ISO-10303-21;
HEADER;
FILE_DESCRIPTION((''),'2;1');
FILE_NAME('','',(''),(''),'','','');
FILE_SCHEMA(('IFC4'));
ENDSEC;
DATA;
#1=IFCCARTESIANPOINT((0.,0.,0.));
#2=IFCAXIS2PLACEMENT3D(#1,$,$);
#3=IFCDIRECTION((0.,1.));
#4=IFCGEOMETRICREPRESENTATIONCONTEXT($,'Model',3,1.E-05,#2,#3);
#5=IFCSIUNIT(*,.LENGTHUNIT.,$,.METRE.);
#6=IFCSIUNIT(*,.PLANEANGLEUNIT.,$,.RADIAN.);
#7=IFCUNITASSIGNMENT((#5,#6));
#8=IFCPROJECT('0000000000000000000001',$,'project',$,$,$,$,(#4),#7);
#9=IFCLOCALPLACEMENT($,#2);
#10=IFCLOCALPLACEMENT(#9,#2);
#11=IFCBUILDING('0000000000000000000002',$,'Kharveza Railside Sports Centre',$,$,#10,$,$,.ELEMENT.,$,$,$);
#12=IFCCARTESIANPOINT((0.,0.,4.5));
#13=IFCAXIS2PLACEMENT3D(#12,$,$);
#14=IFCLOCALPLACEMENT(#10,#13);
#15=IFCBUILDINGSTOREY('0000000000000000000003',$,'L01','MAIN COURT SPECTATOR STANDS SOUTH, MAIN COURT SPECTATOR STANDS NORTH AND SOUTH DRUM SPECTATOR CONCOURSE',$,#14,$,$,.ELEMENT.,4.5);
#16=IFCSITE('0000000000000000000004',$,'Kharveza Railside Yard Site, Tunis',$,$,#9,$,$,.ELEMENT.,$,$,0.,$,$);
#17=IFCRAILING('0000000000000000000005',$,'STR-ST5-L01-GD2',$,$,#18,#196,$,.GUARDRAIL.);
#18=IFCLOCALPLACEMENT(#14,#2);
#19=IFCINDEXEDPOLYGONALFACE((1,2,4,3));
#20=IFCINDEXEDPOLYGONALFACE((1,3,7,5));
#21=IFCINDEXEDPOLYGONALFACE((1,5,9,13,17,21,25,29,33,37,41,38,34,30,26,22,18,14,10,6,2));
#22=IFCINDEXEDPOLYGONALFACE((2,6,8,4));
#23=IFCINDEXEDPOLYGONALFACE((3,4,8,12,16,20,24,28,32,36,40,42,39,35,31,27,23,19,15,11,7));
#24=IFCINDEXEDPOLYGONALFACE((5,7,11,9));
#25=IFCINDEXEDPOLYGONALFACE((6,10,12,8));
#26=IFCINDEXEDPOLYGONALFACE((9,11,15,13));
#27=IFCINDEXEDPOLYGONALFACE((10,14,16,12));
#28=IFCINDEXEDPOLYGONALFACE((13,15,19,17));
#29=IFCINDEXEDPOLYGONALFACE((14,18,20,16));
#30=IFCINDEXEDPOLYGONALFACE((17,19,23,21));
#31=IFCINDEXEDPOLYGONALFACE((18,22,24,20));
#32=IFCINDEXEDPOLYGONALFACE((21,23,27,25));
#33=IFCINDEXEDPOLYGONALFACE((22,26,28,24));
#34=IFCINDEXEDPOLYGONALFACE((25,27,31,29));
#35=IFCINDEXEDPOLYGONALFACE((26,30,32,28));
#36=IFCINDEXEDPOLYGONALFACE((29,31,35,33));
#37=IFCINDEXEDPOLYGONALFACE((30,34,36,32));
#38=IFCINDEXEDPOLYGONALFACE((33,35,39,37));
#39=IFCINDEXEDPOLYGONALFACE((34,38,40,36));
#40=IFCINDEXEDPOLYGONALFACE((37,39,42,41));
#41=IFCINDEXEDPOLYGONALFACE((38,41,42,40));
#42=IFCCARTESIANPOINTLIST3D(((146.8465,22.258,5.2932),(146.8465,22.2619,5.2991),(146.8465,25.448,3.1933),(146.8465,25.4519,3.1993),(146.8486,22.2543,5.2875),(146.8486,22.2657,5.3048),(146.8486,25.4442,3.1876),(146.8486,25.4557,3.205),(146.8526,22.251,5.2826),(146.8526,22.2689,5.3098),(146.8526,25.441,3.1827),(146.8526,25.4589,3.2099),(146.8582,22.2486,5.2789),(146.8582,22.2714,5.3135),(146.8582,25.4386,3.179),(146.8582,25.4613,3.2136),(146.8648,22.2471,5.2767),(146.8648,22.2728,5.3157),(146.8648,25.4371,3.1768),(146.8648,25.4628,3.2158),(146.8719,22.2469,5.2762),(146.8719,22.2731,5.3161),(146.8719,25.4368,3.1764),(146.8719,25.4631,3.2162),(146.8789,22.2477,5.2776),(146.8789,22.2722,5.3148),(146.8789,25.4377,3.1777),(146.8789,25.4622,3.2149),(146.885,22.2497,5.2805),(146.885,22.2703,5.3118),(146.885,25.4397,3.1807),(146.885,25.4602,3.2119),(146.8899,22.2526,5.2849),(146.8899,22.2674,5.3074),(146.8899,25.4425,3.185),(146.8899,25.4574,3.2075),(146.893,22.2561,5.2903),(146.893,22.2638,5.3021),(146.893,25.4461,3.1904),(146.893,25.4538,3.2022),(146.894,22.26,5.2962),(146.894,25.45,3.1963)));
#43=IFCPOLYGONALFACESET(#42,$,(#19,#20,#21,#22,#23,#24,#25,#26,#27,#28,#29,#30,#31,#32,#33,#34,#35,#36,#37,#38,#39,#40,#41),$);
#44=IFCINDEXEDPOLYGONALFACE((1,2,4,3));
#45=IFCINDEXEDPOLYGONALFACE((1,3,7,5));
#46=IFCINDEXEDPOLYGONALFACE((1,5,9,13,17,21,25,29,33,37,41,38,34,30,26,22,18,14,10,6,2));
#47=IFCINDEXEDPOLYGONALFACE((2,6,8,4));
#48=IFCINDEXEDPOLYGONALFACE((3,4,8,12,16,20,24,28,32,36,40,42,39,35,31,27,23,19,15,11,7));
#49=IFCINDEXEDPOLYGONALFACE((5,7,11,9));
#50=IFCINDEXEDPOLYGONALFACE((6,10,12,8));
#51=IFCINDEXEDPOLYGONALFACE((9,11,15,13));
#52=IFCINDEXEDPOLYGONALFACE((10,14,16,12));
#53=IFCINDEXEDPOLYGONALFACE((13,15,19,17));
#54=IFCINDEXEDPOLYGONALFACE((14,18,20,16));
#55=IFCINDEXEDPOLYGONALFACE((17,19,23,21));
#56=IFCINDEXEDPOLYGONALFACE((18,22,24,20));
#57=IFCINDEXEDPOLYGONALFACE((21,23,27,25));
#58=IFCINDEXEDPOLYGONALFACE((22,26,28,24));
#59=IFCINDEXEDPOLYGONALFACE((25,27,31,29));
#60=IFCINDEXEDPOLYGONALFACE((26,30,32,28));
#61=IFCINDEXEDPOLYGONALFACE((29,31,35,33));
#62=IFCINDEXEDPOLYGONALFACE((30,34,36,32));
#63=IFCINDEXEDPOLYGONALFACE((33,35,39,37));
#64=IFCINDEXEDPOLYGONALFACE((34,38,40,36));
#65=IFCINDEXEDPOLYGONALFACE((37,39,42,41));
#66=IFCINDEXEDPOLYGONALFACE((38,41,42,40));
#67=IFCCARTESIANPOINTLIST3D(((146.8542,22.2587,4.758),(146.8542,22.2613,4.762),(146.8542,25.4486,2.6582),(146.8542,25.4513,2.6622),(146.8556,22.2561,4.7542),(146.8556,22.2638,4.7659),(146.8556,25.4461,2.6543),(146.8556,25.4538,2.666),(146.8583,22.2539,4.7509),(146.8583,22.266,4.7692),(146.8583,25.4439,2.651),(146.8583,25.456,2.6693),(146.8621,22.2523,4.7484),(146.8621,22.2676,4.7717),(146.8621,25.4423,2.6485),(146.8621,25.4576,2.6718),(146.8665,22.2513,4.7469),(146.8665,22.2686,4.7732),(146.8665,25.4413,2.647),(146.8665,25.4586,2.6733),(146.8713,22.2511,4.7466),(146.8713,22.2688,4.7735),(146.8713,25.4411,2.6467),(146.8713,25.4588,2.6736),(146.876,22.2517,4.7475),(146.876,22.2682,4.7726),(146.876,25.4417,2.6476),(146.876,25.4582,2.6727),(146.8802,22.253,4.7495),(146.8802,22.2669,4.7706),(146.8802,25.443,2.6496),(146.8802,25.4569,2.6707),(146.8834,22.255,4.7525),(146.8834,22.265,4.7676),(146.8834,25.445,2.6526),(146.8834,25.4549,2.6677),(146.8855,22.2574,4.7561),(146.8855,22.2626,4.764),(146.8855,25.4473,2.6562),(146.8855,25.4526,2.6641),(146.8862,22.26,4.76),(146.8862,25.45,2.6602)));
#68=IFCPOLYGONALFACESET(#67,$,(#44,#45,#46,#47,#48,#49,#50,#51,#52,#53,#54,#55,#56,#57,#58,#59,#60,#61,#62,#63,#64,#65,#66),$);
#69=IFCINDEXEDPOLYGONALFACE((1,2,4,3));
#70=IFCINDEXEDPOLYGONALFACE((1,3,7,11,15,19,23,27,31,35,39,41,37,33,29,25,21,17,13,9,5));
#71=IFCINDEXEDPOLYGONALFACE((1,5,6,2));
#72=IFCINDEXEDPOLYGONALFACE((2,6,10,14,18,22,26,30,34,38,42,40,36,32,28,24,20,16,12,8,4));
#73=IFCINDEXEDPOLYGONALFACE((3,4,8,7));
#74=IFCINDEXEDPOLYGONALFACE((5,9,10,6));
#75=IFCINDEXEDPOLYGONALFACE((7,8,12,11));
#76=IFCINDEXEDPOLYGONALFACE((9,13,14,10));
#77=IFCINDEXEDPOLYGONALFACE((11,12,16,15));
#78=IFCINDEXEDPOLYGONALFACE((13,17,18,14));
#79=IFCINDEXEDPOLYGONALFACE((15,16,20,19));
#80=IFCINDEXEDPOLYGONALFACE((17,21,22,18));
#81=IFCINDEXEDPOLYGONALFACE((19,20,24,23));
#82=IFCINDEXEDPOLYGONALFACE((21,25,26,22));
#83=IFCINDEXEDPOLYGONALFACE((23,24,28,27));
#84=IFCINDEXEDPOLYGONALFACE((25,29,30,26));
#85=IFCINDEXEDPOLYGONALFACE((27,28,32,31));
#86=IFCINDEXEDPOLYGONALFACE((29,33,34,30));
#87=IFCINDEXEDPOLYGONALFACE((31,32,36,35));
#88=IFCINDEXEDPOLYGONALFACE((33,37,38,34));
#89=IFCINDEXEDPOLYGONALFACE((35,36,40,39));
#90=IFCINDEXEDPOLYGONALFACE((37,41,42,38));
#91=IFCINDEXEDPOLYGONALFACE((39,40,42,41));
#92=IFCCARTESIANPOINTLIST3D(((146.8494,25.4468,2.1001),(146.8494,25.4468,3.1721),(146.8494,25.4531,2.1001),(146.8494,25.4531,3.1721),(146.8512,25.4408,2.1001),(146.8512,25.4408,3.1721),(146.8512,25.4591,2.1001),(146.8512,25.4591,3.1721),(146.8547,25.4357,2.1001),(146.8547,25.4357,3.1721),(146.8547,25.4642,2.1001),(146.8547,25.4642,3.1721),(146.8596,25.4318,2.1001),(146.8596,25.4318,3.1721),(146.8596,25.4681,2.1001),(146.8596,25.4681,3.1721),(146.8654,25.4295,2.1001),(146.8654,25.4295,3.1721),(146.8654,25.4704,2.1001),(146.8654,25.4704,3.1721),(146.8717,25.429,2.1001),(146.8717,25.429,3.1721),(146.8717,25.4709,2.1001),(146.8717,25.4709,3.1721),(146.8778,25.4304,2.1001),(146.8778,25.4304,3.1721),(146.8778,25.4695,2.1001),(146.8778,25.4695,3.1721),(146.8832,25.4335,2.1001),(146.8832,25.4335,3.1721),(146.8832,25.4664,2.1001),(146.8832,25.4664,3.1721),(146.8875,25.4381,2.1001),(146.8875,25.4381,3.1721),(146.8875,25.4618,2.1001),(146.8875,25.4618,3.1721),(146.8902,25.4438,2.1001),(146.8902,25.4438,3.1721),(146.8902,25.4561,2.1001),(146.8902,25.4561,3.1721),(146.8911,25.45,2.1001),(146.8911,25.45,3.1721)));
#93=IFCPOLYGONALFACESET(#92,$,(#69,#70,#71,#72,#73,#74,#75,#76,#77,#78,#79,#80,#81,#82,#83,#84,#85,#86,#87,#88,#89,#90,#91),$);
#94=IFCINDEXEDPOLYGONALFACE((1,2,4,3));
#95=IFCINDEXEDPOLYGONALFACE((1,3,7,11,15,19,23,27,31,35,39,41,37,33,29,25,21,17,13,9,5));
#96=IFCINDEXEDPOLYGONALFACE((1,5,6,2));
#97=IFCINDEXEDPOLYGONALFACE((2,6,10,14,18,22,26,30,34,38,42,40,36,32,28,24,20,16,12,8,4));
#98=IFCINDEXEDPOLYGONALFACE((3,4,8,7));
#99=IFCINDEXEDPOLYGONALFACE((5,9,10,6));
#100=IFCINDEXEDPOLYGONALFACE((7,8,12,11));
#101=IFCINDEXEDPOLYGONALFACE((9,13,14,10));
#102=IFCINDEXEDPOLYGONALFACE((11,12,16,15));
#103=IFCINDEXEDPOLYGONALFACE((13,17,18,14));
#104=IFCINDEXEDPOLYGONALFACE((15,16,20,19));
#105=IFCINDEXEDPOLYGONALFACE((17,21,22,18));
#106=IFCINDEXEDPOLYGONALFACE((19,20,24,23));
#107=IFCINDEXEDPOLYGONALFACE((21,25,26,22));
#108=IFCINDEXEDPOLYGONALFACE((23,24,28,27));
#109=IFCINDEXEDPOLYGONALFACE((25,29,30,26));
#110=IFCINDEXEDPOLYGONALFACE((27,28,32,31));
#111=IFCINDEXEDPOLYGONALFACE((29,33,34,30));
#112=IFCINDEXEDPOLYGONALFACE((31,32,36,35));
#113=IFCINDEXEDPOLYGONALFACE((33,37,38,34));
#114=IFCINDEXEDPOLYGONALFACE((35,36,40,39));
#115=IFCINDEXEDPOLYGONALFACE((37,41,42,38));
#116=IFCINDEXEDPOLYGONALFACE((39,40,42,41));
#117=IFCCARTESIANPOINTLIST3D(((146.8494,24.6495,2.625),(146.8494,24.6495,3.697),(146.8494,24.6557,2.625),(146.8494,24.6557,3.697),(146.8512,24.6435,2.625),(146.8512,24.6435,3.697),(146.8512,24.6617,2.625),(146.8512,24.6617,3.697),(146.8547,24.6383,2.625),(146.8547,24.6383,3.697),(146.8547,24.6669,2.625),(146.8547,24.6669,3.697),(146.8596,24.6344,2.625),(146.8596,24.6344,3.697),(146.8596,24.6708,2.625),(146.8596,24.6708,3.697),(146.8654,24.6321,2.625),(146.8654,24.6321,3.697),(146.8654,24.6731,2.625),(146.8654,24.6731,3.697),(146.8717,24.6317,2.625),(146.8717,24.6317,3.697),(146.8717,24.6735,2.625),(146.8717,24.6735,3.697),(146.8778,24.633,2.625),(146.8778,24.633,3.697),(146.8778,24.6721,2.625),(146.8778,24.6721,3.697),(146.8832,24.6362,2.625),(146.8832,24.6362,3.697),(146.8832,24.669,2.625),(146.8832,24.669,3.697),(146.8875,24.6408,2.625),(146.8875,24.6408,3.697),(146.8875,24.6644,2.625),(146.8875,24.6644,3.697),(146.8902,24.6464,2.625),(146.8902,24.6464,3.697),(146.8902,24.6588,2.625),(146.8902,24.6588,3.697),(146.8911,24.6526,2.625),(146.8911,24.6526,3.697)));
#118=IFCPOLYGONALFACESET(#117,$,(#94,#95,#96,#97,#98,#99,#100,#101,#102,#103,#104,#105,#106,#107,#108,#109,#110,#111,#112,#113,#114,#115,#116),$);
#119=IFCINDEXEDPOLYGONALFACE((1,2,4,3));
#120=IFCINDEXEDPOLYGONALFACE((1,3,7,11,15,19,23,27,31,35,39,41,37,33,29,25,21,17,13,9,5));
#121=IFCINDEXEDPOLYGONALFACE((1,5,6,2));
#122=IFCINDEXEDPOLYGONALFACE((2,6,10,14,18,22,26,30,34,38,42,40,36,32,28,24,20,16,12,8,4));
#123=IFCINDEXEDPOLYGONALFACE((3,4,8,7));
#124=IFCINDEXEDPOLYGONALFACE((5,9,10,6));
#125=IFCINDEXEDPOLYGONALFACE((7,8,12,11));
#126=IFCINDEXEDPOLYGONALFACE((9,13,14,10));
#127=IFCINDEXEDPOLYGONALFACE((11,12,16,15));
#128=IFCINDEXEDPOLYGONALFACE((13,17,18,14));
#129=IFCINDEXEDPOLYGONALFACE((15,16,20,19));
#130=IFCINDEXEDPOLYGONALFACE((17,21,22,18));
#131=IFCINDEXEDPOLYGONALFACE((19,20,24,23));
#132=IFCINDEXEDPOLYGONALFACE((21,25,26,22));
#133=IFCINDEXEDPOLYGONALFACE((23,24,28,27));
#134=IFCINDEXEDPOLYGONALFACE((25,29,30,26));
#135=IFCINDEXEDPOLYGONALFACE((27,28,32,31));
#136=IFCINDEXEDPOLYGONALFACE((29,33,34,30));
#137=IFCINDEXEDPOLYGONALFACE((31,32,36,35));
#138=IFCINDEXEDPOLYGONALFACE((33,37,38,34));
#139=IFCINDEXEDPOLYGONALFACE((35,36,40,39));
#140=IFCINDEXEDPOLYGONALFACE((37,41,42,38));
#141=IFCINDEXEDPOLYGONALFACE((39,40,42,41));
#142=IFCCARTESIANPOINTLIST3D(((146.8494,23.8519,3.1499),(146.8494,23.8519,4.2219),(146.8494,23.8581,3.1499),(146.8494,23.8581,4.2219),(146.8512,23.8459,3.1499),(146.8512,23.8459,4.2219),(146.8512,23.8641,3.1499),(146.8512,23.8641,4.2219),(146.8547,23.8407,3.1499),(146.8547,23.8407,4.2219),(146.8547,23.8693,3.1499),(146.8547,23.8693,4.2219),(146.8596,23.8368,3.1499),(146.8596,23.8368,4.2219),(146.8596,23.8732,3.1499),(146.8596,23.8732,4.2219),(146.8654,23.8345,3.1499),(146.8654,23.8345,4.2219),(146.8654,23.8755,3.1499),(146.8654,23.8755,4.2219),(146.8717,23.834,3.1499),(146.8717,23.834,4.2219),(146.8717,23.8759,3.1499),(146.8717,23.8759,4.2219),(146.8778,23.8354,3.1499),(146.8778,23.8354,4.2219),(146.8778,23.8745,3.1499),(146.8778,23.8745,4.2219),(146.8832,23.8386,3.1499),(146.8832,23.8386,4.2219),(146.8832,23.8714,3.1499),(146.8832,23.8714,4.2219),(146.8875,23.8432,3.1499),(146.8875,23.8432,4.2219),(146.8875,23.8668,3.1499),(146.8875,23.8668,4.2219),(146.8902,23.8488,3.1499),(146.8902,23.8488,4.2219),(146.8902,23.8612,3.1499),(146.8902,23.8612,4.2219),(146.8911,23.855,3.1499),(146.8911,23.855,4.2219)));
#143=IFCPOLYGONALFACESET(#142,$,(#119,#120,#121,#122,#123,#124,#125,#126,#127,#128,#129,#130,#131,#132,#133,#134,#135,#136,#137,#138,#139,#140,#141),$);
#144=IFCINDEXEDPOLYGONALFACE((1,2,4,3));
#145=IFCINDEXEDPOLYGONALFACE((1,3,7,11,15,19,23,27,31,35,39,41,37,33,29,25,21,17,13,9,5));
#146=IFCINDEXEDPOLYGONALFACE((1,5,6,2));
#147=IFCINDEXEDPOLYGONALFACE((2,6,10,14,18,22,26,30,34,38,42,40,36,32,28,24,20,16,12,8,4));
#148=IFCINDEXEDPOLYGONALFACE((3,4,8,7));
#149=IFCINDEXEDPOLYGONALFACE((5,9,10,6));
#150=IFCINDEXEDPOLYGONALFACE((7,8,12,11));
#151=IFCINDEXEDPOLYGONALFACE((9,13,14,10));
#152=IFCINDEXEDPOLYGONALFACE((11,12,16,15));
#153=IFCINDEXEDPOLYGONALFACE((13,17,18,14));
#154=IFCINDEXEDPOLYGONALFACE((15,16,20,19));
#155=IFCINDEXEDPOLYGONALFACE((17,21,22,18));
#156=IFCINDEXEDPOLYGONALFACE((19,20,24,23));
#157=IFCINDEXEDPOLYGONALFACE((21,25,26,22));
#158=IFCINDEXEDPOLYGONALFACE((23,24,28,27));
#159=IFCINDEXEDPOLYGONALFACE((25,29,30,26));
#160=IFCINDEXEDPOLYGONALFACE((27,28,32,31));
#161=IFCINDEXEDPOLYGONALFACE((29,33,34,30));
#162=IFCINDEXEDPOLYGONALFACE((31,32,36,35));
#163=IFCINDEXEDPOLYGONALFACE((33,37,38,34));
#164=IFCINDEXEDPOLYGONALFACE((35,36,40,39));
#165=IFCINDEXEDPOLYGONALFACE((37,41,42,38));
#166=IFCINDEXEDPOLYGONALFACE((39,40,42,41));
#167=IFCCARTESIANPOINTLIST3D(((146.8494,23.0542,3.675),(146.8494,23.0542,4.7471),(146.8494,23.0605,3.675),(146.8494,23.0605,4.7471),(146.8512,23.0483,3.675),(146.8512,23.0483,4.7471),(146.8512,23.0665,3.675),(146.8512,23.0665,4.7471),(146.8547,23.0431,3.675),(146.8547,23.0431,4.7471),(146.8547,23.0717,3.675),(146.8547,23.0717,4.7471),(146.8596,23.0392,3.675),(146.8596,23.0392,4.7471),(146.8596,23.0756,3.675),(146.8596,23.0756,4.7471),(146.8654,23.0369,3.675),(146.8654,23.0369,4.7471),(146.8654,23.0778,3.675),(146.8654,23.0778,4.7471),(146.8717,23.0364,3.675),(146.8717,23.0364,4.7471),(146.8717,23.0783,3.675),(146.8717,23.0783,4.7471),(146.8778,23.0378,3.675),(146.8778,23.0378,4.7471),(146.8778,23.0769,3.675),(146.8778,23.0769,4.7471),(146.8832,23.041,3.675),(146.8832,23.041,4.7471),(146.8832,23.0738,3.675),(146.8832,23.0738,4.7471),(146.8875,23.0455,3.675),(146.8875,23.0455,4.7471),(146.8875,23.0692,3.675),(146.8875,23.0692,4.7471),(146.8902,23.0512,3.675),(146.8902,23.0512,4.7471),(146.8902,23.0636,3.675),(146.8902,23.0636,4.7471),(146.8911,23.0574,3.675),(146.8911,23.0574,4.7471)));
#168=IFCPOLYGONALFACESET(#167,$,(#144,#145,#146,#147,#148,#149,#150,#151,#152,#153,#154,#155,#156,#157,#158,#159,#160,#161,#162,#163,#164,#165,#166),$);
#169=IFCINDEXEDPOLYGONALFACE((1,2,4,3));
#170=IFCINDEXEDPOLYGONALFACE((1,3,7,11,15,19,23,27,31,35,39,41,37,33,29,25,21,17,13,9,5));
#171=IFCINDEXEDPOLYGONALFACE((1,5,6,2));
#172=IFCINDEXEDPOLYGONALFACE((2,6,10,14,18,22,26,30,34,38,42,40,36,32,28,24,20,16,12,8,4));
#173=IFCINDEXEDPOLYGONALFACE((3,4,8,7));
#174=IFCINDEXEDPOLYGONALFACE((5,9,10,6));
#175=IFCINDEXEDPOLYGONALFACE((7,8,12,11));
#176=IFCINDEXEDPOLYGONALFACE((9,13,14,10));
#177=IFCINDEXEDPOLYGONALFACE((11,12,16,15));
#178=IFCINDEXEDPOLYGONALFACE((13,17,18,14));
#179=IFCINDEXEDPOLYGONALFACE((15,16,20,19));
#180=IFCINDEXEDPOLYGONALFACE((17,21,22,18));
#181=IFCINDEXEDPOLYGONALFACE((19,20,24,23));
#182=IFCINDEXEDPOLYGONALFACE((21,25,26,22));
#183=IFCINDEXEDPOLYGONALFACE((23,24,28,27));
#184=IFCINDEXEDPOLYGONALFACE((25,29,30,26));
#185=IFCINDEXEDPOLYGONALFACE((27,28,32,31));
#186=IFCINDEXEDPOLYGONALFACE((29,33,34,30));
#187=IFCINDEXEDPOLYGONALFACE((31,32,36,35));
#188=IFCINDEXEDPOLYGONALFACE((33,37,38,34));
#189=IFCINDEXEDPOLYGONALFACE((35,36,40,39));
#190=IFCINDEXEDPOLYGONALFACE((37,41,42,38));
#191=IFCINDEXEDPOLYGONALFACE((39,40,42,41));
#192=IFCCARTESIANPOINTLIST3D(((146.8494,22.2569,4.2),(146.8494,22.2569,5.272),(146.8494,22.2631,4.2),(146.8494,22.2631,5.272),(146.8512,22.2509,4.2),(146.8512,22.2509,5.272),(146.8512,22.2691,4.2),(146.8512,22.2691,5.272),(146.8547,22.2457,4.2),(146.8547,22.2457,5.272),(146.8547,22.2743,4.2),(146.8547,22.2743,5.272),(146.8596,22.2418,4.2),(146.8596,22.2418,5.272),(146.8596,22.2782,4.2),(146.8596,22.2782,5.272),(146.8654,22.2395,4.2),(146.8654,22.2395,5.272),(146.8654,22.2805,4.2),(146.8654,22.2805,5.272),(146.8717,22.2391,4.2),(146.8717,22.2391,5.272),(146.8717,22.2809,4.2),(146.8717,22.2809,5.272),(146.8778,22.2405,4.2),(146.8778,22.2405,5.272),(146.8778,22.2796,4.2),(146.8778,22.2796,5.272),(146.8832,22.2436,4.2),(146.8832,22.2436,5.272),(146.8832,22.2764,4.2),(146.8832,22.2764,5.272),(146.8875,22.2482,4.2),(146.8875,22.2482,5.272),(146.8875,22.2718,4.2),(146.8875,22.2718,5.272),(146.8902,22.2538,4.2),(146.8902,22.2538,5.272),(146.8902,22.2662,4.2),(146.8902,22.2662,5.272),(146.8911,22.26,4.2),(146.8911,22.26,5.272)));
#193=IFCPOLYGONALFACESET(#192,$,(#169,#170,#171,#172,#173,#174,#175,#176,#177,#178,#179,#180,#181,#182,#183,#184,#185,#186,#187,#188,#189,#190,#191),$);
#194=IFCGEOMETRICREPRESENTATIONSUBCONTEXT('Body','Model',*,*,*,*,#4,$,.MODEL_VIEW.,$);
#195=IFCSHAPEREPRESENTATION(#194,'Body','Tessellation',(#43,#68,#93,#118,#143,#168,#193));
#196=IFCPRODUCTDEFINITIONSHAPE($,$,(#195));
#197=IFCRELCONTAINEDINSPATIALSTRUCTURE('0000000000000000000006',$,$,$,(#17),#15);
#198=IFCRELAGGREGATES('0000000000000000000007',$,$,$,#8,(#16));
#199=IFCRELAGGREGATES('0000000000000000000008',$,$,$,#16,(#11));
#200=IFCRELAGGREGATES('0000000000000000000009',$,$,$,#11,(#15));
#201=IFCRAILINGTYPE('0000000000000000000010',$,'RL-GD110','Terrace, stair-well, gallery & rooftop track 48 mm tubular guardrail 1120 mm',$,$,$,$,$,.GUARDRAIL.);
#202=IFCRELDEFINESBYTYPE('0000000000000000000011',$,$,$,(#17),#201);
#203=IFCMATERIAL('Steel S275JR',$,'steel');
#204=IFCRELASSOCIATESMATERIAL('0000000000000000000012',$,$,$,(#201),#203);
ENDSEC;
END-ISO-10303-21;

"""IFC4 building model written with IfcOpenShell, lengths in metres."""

from ifc_helpers import new_model, si_unit, direction, frame, origin, origin_2d, place, context, subcontext, project, spatial, circle, extrude, material, type_object, element, save


model = new_model("IFC4")

# Units and contexts
model_context = context("Model", 3, precision=1e-05, world=origin(), true_north=direction((0.0, 1.0)))
body_context = subcontext(model_context, "Body", "Model", "MODEL_VIEW")
ifc_project = project(units=[si_unit("LENGTHUNIT", "METRE"), si_unit("PLANEANGLEUNIT", "RADIAN")], contexts=[model_context])

# Site, building, storey
site_placement = place(None, origin())
site = spatial("IfcSite", under=ifc_project, at=site_placement, Name="Kharveza Railside Yard Site, Tunis", CompositionType="ELEMENT", RefElevation=0.0)
building_placement = place(site_placement, origin())
building = spatial("IfcBuilding", under=site, at=building_placement, Name="Kharveza Railside Sports Centre", CompositionType="ELEMENT")
storey_placement = place(building_placement, frame((0.0, 0.0, 4.5)))
storey = spatial("IfcBuildingStorey", under=building, at=storey_placement, Name="L01", Description="MAIN COURT SPECTATOR STANDS SOUTH, MAIN COURT SPECTATOR STANDS NORTH AND SOUTH DRUM SPECTATOR CONCOURSE", CompositionType="ELEMENT", Elevation=4.5)

# Railing
ifc_material_1 = material(Name="Steel S275JR", Category="steel")
railing_type_1 = type_object("IfcRailingType", Name="RL-GD110", Description="Terrace, stair-well, gallery & rooftop track 48 mm tubular guardrail 1120 mm", PredefinedType="GUARDRAIL", material=ifc_material_1)
railing_1_placement = place(storey_placement, frame((146.8701, 25.45, 2.1001)))
element("IfcRailing", 1, at=railing_1_placement, inside=storey, type_object=railing_type_1, Name="STR-ST5-L01-GD2", PredefinedType="GUARDRAIL", context=body_context, shape_type="SweptSolid", body=[
    extrude(circle(Radius=0.0239, at=origin_2d()), frame((0.0, 0.0, 1.0962), z_axis=(0.0, -0.835272, 0.549837), x_axis=(1.0, 0.0, 0.0)), (0.0, 0.0, 1.0), 3.8191),
    extrude(circle(Radius=0.0161, at=origin_2d()), frame((0.0, 0.0, 0.5601), z_axis=(0.0, -0.835272, 0.549837), x_axis=(1.0, 0.0, 0.0)), (0.0, 0.0, 1.0), 3.8191),
    extrude(circle(Radius=0.021, at=origin_2d()), origin(), (0.0, 0.0, 1.0), 1.072),
    extrude(circle(Radius=0.021, at=origin_2d()), frame((0.0, -0.7974, 0.5249)), (0.0, 0.0, 1.0), 1.072),
    extrude(circle(Radius=0.021, at=origin_2d()), frame((0.0, -1.595, 1.0498)), (0.0, 0.0, 1.0), 1.072),
    extrude(circle(Radius=0.021, at=origin_2d()), frame((0.0, -2.3926, 1.575)), (0.0, 0.0, 1.0), 1.072),
    extrude(circle(Radius=0.021, at=origin_2d()), frame((0.0, -3.1899, 2.0999)), (0.0, 0.0, 1.0), 1.072),
])

save(model, "model.ifc")
